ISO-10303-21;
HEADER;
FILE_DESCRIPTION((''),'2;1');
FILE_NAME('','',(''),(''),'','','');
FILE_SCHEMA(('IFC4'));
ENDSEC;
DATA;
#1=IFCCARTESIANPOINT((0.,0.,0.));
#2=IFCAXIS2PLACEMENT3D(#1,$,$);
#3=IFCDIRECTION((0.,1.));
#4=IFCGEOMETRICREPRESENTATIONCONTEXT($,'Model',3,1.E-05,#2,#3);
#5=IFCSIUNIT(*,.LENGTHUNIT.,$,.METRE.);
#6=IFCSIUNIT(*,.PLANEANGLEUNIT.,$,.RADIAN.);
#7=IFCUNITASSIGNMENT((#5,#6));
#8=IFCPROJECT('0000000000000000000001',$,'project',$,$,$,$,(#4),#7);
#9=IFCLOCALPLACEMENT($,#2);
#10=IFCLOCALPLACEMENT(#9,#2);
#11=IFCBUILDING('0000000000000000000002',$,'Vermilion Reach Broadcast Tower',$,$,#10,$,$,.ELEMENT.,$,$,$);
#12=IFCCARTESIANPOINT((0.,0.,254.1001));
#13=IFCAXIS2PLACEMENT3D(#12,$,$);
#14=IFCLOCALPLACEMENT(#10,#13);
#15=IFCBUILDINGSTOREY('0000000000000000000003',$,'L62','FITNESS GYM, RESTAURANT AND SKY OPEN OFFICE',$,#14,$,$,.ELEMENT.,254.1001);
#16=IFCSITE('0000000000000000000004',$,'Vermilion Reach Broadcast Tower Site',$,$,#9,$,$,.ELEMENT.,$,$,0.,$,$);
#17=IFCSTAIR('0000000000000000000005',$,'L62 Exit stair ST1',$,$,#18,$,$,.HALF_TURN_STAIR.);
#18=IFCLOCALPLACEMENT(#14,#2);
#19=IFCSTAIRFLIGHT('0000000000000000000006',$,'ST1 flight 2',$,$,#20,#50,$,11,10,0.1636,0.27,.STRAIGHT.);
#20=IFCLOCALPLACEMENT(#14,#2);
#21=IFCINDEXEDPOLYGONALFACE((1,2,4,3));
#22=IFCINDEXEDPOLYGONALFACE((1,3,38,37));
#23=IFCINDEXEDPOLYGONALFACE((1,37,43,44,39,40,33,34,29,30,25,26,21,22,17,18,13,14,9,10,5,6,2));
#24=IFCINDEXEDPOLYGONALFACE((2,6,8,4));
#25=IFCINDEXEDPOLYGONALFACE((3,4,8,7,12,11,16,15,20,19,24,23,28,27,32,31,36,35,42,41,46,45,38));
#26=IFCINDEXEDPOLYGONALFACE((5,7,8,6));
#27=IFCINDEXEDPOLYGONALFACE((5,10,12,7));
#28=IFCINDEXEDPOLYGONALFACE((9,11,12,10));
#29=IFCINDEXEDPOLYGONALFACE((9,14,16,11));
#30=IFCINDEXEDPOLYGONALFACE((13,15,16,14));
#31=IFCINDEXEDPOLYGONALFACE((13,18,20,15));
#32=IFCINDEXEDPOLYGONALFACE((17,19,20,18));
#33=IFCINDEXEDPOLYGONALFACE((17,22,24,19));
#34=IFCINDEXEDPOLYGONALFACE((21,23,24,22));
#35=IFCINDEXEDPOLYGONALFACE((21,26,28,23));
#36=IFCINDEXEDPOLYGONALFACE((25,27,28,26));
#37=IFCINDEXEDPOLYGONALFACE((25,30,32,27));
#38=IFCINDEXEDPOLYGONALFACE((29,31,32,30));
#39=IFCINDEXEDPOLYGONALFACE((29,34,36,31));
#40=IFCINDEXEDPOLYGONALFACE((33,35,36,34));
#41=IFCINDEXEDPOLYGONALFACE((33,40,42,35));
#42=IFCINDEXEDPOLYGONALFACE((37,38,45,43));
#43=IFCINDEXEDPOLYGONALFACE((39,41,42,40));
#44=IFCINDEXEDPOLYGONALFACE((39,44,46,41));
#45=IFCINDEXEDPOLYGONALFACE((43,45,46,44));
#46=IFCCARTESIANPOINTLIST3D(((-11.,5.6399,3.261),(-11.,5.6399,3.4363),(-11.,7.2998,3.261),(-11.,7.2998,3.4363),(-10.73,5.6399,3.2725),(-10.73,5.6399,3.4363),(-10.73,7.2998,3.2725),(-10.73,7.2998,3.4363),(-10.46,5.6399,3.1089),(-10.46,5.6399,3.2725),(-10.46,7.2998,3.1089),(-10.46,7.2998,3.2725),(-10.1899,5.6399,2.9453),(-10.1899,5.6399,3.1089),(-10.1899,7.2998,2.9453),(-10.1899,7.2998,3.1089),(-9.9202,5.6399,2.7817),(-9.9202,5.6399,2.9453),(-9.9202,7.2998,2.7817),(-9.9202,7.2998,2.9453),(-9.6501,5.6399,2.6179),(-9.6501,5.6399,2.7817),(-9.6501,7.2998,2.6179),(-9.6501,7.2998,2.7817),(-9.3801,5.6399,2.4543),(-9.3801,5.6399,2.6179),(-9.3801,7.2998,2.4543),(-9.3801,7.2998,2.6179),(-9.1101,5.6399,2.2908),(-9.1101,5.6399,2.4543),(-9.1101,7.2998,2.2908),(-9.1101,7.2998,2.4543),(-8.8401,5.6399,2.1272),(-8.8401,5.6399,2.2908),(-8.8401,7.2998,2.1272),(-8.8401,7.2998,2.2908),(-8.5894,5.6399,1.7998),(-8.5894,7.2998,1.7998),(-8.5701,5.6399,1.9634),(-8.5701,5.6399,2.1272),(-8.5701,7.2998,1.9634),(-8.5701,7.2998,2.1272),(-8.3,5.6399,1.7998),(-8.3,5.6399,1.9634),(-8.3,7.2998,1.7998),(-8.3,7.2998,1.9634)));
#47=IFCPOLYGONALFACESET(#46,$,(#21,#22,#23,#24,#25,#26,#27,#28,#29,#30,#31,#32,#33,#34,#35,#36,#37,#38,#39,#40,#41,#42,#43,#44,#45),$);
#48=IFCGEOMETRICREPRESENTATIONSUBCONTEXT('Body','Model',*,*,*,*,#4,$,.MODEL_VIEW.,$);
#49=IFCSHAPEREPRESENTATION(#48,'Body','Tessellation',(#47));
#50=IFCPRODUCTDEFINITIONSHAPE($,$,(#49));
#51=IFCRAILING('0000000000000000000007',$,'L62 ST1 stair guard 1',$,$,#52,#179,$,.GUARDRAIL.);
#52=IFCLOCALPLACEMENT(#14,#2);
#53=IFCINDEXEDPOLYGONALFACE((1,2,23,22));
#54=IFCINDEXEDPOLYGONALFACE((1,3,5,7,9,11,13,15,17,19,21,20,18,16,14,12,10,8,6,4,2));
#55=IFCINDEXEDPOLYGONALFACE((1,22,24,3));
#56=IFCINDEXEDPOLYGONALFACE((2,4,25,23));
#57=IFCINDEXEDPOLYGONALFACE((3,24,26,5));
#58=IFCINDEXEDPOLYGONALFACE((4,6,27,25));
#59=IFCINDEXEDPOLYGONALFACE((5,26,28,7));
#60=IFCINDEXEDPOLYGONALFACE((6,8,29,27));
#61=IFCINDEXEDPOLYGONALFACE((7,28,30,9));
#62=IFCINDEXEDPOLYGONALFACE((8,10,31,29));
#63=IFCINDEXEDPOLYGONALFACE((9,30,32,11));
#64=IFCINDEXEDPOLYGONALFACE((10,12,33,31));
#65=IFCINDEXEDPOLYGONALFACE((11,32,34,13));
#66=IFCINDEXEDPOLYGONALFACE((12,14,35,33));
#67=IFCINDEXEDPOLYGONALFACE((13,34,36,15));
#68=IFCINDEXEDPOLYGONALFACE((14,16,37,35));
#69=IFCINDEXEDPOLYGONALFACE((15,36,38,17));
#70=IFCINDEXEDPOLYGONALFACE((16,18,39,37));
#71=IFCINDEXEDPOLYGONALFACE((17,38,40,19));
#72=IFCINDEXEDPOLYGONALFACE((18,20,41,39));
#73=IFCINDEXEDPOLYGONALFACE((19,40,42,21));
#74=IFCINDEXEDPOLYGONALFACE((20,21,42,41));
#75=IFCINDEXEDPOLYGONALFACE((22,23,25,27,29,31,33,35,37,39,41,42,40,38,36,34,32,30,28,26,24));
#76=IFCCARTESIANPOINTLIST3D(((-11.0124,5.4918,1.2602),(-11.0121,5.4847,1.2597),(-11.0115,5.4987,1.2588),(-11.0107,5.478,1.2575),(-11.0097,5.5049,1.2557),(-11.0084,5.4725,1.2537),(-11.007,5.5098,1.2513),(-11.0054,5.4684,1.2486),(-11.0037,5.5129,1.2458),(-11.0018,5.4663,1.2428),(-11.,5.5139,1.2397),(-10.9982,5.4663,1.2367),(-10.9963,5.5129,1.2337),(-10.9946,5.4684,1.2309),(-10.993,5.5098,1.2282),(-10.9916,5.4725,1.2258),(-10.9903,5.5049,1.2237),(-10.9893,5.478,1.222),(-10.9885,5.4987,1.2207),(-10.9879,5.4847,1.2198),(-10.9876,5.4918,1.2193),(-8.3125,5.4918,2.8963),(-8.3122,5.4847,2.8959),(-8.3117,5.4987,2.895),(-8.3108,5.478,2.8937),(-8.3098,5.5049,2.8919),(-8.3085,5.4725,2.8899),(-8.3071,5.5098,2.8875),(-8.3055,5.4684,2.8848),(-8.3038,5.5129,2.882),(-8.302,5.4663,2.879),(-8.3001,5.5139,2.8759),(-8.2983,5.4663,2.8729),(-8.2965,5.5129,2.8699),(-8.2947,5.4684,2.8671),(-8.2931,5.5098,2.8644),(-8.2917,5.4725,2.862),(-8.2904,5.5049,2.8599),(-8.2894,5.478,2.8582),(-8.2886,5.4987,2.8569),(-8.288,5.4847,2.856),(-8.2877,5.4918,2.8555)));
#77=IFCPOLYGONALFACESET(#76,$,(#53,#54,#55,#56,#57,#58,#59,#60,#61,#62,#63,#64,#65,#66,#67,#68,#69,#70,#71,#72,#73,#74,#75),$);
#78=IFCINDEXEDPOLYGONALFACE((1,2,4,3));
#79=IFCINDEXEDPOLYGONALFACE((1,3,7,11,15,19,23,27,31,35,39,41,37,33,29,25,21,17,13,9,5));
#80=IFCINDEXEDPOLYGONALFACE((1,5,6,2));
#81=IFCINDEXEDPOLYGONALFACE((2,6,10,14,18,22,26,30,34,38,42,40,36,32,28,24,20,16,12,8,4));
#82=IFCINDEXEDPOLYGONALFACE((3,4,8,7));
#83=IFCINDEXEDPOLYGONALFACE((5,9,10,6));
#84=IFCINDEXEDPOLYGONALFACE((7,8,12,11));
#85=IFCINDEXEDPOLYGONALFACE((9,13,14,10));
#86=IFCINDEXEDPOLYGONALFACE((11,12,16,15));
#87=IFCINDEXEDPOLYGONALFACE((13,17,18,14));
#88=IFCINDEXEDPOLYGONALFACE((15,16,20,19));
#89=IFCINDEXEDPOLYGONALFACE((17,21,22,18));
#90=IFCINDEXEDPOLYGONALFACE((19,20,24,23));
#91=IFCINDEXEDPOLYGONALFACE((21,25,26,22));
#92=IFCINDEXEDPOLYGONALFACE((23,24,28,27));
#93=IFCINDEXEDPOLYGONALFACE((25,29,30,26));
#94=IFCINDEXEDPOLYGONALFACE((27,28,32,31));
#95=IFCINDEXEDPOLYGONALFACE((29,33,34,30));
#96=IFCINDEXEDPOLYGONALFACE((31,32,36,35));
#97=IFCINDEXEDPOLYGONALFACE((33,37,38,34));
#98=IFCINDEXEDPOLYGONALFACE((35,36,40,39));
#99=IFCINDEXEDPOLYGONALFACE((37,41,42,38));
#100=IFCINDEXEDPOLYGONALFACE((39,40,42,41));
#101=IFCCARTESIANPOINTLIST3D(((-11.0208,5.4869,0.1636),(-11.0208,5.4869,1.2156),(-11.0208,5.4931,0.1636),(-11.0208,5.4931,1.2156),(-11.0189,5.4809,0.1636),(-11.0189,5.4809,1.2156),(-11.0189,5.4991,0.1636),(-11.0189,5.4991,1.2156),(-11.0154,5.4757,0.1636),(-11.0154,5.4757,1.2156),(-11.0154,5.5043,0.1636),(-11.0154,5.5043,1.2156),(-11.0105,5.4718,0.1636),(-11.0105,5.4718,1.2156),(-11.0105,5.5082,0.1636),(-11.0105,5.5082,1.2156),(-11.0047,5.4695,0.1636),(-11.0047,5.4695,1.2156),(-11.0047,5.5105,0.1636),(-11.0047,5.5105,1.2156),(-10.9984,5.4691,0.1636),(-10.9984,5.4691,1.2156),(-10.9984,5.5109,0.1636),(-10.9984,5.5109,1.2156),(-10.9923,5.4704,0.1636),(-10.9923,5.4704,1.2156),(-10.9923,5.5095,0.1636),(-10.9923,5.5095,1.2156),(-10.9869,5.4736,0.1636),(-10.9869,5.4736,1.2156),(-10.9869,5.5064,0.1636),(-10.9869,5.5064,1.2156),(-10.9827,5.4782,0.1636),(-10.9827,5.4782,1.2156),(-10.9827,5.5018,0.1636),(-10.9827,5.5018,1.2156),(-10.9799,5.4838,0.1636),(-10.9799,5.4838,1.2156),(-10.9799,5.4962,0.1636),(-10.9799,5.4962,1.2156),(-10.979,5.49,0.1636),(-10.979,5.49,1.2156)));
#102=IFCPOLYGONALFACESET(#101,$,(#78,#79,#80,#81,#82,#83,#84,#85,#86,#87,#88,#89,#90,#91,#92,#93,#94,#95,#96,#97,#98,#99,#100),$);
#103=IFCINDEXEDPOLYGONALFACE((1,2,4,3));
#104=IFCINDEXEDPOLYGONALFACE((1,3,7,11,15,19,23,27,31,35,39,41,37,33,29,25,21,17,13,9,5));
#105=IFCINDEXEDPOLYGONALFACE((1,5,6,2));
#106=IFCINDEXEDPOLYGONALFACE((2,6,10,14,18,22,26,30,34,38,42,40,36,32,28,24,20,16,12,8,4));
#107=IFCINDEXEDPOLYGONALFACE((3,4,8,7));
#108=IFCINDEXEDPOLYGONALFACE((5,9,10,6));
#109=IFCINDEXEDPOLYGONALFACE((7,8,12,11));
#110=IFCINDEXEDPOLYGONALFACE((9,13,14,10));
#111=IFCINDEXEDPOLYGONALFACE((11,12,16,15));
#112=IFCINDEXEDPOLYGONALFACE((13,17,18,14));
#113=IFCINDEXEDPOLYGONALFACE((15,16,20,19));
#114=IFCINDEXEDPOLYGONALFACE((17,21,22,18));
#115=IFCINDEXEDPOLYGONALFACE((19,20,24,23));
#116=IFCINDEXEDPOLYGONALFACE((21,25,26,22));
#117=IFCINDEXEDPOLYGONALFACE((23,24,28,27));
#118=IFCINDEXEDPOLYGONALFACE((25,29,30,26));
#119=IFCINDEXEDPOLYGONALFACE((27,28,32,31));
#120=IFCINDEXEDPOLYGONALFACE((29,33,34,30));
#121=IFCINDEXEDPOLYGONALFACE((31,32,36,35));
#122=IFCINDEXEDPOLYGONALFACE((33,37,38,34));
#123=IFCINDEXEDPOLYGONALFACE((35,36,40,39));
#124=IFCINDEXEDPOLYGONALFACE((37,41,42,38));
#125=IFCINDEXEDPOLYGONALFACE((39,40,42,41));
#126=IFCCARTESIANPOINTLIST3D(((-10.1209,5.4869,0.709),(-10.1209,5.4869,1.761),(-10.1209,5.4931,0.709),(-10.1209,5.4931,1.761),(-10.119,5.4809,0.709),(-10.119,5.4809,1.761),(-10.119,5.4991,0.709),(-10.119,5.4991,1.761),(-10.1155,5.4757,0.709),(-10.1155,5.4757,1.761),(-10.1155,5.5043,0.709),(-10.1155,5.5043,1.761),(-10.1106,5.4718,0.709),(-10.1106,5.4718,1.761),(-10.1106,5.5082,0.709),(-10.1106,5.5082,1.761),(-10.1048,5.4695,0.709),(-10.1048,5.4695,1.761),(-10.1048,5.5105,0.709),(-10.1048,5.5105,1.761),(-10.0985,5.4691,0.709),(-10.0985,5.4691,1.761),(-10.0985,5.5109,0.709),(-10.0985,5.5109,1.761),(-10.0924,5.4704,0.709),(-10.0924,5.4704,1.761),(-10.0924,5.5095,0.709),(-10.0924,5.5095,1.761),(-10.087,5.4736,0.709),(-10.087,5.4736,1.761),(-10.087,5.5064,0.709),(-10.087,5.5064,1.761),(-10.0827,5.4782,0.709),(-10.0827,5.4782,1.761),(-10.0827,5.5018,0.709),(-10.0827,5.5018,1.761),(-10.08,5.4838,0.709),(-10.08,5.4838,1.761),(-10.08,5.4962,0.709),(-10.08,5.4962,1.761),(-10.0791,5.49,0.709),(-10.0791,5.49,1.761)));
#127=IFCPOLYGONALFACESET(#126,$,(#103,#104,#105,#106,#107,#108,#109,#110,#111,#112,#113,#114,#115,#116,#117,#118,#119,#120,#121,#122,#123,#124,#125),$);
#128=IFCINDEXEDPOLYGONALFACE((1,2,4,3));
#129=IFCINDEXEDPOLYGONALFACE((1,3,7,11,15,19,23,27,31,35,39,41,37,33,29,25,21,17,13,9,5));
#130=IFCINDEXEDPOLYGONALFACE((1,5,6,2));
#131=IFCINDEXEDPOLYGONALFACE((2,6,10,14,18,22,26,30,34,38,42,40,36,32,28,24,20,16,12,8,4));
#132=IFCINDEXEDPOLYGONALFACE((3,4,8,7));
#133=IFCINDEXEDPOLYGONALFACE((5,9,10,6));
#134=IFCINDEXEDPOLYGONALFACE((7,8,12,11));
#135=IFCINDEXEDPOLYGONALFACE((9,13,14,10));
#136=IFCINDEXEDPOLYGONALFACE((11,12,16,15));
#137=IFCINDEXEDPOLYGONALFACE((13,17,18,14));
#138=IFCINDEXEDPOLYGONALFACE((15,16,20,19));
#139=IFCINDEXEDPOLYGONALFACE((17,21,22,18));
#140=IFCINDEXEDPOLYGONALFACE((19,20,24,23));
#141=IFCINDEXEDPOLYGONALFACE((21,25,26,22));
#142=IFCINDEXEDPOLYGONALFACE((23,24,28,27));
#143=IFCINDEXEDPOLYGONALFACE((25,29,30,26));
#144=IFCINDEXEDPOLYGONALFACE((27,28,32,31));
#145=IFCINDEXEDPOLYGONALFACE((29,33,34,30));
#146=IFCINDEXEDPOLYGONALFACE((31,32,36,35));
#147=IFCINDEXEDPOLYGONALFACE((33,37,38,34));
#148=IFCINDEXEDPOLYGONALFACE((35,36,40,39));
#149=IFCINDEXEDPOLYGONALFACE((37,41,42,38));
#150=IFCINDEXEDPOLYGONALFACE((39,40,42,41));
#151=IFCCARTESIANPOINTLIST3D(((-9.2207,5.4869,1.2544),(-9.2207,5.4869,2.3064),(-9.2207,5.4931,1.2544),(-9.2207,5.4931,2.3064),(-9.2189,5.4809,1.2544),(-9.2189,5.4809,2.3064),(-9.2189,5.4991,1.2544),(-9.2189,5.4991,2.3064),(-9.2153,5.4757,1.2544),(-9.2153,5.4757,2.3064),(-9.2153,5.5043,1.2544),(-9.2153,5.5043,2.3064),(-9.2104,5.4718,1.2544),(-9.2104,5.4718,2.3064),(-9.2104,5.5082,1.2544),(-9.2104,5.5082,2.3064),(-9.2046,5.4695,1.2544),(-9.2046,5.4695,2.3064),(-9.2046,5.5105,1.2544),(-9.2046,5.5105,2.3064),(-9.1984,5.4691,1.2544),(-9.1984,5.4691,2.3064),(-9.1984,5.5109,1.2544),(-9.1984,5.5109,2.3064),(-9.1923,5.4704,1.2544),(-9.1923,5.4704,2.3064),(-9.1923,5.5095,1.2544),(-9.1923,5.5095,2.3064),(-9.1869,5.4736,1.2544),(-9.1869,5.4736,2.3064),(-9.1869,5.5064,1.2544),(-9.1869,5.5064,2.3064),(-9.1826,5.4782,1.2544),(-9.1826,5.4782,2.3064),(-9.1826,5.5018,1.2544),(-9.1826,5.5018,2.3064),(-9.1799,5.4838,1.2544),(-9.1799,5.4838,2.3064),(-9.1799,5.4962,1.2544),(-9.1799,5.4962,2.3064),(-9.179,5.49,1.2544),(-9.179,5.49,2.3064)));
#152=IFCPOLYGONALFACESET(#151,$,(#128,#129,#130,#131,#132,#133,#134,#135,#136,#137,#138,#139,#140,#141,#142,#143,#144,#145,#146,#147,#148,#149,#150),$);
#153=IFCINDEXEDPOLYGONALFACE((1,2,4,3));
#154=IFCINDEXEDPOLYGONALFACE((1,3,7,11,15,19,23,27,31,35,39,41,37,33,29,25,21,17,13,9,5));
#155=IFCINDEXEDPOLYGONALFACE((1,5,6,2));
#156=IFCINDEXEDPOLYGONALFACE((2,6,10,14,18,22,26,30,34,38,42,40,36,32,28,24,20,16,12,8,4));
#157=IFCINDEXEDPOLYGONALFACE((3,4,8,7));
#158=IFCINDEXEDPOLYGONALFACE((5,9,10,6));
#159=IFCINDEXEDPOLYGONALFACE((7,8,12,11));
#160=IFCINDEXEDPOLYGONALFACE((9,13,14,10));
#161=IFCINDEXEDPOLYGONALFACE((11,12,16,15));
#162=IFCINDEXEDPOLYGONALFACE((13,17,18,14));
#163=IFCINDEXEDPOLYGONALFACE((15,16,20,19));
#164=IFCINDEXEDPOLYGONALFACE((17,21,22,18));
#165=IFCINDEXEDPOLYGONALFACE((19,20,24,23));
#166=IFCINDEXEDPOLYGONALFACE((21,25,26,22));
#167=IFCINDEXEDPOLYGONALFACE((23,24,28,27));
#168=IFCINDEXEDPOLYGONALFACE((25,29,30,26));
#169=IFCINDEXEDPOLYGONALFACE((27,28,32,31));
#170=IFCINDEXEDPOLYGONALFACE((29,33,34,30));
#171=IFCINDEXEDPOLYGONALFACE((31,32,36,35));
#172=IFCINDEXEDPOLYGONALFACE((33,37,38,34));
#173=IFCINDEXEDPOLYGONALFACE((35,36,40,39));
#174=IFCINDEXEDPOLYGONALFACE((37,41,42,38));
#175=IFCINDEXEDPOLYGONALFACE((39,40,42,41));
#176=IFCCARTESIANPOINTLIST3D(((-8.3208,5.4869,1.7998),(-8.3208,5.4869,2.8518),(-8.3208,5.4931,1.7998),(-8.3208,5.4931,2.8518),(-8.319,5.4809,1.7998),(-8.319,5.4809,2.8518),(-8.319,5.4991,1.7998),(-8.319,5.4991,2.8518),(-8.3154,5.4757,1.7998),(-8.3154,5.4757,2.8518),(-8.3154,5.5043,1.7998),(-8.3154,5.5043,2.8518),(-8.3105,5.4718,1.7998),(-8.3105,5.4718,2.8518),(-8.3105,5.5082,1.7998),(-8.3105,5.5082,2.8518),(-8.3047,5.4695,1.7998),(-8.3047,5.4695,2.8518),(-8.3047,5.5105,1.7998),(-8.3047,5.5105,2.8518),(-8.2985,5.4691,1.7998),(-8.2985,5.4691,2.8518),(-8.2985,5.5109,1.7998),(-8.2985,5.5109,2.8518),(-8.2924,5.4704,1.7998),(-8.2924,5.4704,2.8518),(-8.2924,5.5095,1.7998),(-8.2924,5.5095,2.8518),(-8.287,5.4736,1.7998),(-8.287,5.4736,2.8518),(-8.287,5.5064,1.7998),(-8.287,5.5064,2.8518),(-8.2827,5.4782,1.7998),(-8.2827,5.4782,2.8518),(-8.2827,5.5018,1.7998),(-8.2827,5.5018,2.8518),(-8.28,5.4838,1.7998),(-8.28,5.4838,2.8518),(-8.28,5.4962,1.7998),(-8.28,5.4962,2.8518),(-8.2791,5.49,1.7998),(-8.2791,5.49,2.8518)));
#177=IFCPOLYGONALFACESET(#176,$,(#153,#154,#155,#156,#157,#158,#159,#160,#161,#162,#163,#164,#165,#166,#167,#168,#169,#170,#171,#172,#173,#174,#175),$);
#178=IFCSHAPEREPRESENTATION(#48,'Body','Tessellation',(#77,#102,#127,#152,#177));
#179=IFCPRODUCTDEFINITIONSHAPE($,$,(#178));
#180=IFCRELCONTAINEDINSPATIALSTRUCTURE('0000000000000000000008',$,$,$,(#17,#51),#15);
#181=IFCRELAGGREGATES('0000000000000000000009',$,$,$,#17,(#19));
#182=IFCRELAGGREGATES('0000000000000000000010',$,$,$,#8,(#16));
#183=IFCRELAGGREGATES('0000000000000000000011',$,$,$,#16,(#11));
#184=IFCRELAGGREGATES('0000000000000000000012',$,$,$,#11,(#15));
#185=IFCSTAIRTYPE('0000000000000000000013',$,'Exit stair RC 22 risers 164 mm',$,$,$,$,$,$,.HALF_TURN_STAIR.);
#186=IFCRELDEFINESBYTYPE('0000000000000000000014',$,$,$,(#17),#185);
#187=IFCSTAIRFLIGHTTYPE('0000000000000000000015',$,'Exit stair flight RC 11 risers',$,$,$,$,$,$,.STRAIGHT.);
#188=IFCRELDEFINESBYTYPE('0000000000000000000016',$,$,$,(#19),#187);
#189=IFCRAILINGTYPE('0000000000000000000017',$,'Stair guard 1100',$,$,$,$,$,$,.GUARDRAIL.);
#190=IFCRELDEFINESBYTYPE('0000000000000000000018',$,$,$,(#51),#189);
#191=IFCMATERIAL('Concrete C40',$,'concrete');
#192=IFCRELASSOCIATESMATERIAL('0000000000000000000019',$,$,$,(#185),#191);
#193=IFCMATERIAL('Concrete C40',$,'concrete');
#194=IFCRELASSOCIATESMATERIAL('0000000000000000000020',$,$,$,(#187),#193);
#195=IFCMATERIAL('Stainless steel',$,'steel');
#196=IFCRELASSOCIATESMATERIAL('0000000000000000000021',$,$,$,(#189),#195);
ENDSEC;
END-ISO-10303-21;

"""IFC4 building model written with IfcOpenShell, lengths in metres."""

from ifc_helpers import new_model, si_unit, direction, frame, origin, origin_2d, place, context, subcontext, project, spatial, polyline, circle, outline, extrude, material, type_object, element, aggregate, save


model = new_model("IFC4")

# Units and contexts
model_context = context("Model", 3, precision=1e-05, world=origin(), true_north=direction((0.0, 1.0)))
body_context = subcontext(model_context, "Body", "Model", "MODEL_VIEW")
ifc_project = project(units=[si_unit("LENGTHUNIT", "METRE"), si_unit("PLANEANGLEUNIT", "RADIAN")], contexts=[model_context])

# Site, building, storey
site_placement = place(None, origin())
site = spatial("IfcSite", under=ifc_project, at=site_placement, Name="Vermilion Reach Broadcast Tower Site", CompositionType="ELEMENT", RefElevation=0.0)
building_placement = place(site_placement, origin())
building = spatial("IfcBuilding", under=site, at=building_placement, Name="Vermilion Reach Broadcast Tower", CompositionType="ELEMENT")
storey_placement = place(building_placement, frame((0.0, 0.0, 254.1001)))
storey = spatial("IfcBuildingStorey", under=building, at=storey_placement, Name="L62", Description="FITNESS GYM, RESTAURANT AND SKY OPEN OFFICE", CompositionType="ELEMENT", Elevation=254.1001)

# Stair, stair flight
ifc_material_1 = material(Name="Concrete C40", Category="concrete")
stair_type = type_object("IfcStairType", Name="Exit stair RC 22 risers 164 mm", PredefinedType="HALF_TURN_STAIR", material=ifc_material_1)
stair_placement = place(storey_placement, origin())
stair = element("IfcStair", 1, at=stair_placement, inside=storey, type_object=stair_type, Name="L62 Exit stair ST1", PredefinedType="HALF_TURN_STAIR")
ifc_material_2 = material(Name="Concrete C40", Category="concrete")
stair_flight_type = type_object("IfcStairFlightType", Name="Exit stair flight RC 11 risers", PredefinedType="STRAIGHT", material=ifc_material_2)
stair_flight_1_placement = place(storey_placement, frame((-8.3, 6.47, 1.7998), z_axis=(0.0, 0.0, 1.0), x_axis=(-1.0, 0.0, 0.0)))
stair_flight_1 = element("IfcStairFlight", 2, at=stair_flight_1_placement, type_object=stair_flight_type, Name="ST1 flight 2", NumberOfRisers=11, NumberOfTreads=10, PredefinedType="STRAIGHT", RiserHeight=0.1636, TreadLength=0.27, context=body_context, shape_type="SweptSolid", body=[
    extrude(outline(polyline([(0.0, 0.0), (0.0, 0.1636), (0.27, 0.1636), (0.27, 0.3274), (0.54, 0.3274), (0.54, 0.491), (0.8101, 0.491), (0.8101, 0.6545), (1.0801, 0.6545), (1.0801, 0.8181), (1.3501, 0.8181), (1.3501, 0.9819), (1.6201, 0.9819), (1.6201, 1.1455), (1.8899, 1.1455), (1.8899, 1.3091), (2.1599, 1.3091), (2.1599, 1.4727), (2.4299, 1.4727), (2.4299, 1.6365), (2.7, 1.6365), (2.7, 1.8), (2.7, 1.4612), (0.2893, 0.0), (0.0, 0.0)])), frame((0.0, 0.8301, 0.0), z_axis=(0.0, -1.0, 0.0), x_axis=(1.0, 0.0, 0.0)), (0.0, 0.0, 1.0), 1.6599),
])
aggregate(stair, [stair_flight_1])

# Railing
ifc_material_3 = material(Name="Stainless steel", Category="steel")
railing_type_1 = type_object("IfcRailingType", Name="Stair guard 1100", PredefinedType="GUARDRAIL", material=ifc_material_3)
railing_1_placement = place(storey_placement, frame((-11.0, 5.49, 0.1636)))
element("IfcRailing", 3, at=railing_1_placement, inside=storey, type_object=railing_type_1, Name="L62 ST1 stair guard 1", PredefinedType="GUARDRAIL", context=body_context, shape_type="SweptSolid", body=[
    extrude(circle(Radius=0.0239, at=origin_2d()), frame((0.0, 0.0, 1.0762), z_axis=(0.855212, 0.0, 0.518278), x_axis=(0.0, 1.0, 0.0)), (0.0, 0.0, 1.0), 3.157),
    extrude(circle(Radius=0.021, at=origin_2d()), origin(), (0.0, 0.0, 1.0), 1.052),
    extrude(circle(Radius=0.021, at=origin_2d()), frame((0.8999, 0.0, 0.5454)), (0.0, 0.0, 1.0), 1.052),
    extrude(circle(Radius=0.021, at=origin_2d()), frame((1.8, 0.0, 1.0908)), (0.0, 0.0, 1.0), 1.052),
    extrude(circle(Radius=0.021, at=origin_2d()), frame((2.7, 0.0, 1.6362)), (0.0, 0.0, 1.0), 1.052),
])

save(model, "model.ifc")
